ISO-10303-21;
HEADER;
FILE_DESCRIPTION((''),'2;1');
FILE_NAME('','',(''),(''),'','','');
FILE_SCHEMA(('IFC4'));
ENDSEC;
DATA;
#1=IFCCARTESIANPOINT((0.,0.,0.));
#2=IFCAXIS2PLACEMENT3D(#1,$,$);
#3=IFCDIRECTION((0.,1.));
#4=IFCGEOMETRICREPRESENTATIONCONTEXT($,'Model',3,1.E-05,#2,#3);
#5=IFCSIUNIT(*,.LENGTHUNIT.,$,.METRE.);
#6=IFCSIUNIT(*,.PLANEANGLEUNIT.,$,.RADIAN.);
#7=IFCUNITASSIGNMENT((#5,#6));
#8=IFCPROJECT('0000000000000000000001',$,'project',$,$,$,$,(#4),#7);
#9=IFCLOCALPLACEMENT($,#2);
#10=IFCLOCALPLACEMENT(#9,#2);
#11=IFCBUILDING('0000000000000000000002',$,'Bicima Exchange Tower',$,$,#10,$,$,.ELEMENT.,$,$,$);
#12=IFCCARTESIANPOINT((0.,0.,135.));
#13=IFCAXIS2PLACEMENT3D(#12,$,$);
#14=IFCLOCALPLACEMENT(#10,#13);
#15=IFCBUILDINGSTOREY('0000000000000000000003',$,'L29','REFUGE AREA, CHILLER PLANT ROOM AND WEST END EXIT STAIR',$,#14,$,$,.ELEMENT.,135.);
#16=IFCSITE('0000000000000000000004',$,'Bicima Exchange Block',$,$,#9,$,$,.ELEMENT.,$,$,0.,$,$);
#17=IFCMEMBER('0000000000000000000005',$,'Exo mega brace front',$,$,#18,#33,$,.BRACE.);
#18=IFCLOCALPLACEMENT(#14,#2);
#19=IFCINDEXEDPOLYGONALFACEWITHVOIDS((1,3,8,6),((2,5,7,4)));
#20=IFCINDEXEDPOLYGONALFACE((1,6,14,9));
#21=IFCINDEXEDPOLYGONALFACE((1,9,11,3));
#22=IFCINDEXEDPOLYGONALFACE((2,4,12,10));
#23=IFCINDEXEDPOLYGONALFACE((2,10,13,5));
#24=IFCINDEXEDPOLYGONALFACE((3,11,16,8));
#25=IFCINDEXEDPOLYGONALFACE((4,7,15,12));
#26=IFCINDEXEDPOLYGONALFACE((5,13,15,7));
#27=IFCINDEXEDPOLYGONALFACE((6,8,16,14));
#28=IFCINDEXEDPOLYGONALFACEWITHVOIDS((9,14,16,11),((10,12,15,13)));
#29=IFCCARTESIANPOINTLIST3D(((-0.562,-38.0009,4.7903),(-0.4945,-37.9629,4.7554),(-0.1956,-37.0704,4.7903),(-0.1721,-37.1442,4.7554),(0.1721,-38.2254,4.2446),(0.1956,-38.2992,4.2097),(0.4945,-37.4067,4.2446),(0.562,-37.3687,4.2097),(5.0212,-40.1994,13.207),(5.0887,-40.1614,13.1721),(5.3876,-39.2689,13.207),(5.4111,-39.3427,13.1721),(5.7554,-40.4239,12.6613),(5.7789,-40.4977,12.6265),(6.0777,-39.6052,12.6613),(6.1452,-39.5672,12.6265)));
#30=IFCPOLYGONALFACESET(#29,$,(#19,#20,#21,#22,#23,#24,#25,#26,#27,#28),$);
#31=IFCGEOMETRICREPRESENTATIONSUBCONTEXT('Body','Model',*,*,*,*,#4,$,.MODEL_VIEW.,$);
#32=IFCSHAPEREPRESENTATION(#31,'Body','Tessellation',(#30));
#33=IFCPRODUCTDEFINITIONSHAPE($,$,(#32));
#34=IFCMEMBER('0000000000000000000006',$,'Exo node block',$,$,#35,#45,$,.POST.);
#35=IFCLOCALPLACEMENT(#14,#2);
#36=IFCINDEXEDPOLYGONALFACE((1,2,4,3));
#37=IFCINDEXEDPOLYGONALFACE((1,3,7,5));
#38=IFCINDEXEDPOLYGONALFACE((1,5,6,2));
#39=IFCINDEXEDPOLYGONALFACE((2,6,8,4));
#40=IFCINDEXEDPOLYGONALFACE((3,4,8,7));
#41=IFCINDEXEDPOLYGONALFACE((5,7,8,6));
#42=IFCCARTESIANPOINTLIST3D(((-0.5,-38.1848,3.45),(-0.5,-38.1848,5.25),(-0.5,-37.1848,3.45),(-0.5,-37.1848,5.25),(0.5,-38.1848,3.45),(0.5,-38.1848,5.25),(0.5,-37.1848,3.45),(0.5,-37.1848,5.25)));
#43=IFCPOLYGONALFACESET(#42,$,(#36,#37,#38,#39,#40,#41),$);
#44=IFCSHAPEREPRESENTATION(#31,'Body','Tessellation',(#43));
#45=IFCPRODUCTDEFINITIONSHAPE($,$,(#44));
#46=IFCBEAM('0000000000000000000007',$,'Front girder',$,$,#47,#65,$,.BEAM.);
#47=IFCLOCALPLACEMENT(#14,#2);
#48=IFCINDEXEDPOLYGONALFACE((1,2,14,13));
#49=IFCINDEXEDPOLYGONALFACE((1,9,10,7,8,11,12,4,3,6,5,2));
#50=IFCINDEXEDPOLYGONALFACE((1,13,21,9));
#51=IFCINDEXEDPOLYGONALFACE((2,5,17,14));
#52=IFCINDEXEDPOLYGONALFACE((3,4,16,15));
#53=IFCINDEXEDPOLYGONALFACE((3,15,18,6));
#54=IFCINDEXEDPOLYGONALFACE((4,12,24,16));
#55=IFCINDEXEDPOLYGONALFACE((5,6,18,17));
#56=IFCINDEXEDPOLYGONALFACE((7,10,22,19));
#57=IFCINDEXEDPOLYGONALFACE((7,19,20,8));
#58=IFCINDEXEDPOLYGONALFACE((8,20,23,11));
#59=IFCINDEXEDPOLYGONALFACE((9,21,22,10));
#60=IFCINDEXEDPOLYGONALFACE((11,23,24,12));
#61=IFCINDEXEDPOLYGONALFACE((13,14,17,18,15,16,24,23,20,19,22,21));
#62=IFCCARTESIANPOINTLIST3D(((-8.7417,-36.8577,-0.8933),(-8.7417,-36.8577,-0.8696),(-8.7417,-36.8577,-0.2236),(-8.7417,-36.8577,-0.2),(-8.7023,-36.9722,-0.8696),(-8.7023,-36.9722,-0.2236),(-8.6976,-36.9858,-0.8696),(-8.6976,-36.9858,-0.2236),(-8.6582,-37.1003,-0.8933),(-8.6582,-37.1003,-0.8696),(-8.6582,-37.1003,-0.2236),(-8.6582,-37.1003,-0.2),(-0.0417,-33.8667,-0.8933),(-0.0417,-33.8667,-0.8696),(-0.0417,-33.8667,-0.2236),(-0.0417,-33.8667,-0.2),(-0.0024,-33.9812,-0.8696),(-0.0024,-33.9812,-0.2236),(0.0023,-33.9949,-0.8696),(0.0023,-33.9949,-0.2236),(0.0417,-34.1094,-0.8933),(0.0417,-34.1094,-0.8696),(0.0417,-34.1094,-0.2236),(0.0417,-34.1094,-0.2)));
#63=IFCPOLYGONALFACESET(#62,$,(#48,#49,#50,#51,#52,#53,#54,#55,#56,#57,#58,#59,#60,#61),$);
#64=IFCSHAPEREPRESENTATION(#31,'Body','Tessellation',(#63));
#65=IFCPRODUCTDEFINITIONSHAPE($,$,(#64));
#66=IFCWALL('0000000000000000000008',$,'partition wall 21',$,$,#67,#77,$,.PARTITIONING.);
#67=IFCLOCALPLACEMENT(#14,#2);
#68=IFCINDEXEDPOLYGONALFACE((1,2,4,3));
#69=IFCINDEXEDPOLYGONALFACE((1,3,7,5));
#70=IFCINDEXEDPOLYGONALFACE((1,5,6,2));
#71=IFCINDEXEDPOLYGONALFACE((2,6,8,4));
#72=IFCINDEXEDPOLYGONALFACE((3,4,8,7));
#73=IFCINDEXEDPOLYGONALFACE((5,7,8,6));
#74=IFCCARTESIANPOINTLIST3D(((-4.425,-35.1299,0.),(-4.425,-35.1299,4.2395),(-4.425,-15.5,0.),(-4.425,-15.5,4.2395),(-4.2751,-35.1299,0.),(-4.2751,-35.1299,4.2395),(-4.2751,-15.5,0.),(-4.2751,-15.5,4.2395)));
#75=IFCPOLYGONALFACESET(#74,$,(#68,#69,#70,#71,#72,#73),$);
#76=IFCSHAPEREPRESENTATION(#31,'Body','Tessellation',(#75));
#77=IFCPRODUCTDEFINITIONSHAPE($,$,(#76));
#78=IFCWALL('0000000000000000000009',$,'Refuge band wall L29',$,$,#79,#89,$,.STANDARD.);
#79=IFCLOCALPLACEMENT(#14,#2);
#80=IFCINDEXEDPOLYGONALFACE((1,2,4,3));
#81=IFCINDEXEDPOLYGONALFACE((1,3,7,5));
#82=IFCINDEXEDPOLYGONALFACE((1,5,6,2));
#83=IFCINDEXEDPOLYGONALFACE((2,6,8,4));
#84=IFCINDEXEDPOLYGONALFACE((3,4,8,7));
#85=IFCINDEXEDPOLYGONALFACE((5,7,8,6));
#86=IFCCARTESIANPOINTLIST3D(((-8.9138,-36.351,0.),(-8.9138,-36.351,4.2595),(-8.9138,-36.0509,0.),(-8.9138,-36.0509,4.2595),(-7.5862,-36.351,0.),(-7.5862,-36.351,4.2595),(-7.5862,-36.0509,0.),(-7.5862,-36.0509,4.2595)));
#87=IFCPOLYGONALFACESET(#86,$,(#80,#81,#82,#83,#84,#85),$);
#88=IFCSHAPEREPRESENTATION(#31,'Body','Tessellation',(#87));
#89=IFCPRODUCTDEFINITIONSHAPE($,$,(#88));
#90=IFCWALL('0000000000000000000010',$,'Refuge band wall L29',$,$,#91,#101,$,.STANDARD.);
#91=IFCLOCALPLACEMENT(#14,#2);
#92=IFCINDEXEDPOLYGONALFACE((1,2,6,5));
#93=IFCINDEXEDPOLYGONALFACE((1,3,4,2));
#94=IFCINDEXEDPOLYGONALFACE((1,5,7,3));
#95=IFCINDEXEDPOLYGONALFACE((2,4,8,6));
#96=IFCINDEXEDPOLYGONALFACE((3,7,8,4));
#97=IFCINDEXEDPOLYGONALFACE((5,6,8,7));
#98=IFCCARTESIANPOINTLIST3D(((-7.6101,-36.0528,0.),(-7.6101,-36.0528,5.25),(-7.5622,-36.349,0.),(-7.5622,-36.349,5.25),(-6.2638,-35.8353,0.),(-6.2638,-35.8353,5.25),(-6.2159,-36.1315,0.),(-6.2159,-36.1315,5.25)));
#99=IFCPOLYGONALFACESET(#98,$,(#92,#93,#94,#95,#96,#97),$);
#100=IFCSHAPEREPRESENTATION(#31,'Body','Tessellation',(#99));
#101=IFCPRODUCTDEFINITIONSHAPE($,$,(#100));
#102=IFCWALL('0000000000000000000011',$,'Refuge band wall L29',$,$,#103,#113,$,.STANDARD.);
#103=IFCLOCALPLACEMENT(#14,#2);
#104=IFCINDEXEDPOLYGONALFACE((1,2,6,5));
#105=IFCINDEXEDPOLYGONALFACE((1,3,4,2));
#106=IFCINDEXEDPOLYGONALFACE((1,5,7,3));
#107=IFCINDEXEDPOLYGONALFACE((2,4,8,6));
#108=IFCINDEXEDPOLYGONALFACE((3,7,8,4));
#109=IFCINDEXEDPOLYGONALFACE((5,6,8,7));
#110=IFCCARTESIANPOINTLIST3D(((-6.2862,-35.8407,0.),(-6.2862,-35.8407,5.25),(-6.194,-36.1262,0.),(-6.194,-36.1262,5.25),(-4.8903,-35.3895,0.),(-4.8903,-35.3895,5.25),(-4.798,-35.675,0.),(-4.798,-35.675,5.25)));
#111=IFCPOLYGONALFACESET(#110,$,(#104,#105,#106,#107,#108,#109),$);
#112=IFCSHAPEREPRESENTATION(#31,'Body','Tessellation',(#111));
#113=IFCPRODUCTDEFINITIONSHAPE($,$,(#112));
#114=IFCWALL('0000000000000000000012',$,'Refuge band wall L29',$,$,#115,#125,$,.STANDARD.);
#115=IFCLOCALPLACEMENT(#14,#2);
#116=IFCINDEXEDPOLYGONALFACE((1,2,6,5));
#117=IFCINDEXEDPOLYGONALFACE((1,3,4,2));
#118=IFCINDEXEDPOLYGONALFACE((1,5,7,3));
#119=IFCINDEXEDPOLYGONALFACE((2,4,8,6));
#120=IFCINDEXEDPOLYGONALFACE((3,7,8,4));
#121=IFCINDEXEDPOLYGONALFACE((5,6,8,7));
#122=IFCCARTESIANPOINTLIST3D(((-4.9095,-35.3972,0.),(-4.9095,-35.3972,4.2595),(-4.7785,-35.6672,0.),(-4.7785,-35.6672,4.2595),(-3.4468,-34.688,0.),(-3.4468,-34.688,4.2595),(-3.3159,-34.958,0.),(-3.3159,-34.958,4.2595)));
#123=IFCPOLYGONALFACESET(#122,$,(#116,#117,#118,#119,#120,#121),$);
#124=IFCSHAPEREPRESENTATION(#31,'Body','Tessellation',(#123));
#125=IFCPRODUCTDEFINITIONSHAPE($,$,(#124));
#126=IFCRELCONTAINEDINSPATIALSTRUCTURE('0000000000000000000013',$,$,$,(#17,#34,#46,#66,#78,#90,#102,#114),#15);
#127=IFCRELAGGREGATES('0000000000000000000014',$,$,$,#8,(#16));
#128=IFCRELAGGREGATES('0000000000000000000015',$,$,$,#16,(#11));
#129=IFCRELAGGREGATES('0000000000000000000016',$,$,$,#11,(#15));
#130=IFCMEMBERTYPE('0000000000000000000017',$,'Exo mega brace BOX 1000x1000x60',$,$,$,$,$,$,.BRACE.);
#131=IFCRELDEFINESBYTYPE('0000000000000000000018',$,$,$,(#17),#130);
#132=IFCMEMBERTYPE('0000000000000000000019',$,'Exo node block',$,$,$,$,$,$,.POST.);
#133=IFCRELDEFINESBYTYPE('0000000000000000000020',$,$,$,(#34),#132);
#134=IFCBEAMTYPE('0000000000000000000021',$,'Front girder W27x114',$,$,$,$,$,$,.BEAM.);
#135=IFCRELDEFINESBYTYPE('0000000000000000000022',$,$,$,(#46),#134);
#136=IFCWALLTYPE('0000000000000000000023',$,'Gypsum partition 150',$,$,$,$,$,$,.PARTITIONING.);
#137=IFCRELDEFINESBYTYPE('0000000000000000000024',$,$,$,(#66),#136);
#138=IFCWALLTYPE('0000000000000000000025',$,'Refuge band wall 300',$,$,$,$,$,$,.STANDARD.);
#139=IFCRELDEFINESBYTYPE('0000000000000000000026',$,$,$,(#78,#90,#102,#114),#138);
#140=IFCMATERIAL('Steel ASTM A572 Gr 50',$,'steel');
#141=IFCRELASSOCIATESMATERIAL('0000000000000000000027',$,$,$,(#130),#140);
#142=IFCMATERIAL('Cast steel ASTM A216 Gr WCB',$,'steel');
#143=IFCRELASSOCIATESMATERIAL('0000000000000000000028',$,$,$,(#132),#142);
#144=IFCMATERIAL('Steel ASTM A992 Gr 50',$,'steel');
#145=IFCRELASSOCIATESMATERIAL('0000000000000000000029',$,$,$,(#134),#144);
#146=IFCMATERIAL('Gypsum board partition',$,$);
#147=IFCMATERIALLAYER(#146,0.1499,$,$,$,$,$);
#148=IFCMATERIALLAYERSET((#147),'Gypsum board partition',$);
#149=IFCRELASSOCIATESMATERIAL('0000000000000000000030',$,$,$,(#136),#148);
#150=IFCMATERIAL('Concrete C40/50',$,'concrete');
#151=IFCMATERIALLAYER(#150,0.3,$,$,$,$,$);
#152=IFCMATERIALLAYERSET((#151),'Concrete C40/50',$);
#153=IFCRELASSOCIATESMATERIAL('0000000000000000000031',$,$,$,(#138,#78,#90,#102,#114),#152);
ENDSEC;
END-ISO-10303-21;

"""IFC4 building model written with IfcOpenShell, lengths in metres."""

from ifc_helpers import new_model, si_unit, direction, frame, frame_2d, origin, origin_2d, place, context, subcontext, project, spatial, rectangle, hollow_rectangle, i_section, extrude, material, layer, layer_set, layer_usage, material_profile, profile_set, type_object, element, save


model = new_model("IFC4")

# Units and contexts
model_context = context("Model", 3, precision=1e-05, world=origin(), true_north=direction((0.0, 1.0)))
body_context = subcontext(model_context, "Body", "Model", "MODEL_VIEW")
ifc_project = project(units=[si_unit("LENGTHUNIT", "METRE"), si_unit("PLANEANGLEUNIT", "RADIAN")], contexts=[model_context])

# Site, building, storey
site_placement = place(None, origin())
site = spatial("IfcSite", under=ifc_project, at=site_placement, Name="Bicima Exchange Block", CompositionType="ELEMENT", RefElevation=0.0)
building_placement = place(site_placement, origin())
building = spatial("IfcBuilding", under=site, at=building_placement, Name="Bicima Exchange Tower", CompositionType="ELEMENT")
storey_placement = place(building_placement, frame((0.0, 0.0, 135.0)))
storey = spatial("IfcBuildingStorey", under=building, at=storey_placement, Name="L29", Description="REFUGE AREA, CHILLER PLANT ROOM AND WEST END EXIT STAIR", CompositionType="ELEMENT", Elevation=135.0)

# Shared definitions
ifc_material_1 = material(Name="Steel ASTM A992 Gr 50", Category="steel")

# Members
ifc_material_2 = material(Name="Steel ASTM A572 Gr 50", Category="steel")
ifc_material_profile_1 = material_profile(ifc_material_2, hollow_rectangle(XDim=1.0, YDim=1.0, WallThickness=0.0601, at=origin_2d()))
ifc_profile_set_1 = profile_set([ifc_material_profile_1], Name="Steel ASTM A572 Gr 50")
member_type_1 = type_object("IfcMemberType", Name="Exo mega brace BOX 1000x1000x60", PredefinedType="BRACE", material=ifc_profile_set_1)
member_1_placement = place(storey_placement, frame((0.0, -37.6848, 4.5), z_axis=(0.540138, -0.212687, 0.814257), x_axis=(0.366384, 0.930464, 0.0)))
element("IfcMember", 1, at=member_1_placement, inside=storey, type_object=member_type_1, Name="Exo mega brace front", PredefinedType="BRACE", context=body_context, shape_type="SweptSolid", body=[
    extrude(hollow_rectangle(XDim=1.0, YDim=1.0, WallThickness=0.0601, at=origin_2d()), origin(), (0.0, 0.0, 1.0), 10.3367),
])
ifc_material_3 = material(Name="Cast steel ASTM A216 Gr WCB", Category="steel")
ifc_material_profile_2 = material_profile(ifc_material_3, rectangle(XDim=1.0, YDim=1.0, at=origin_2d()))
ifc_profile_set_2 = profile_set([ifc_material_profile_2], Name="Cast steel ASTM A216 Gr WCB")
member_type_2 = type_object("IfcMemberType", Name="Exo node block", PredefinedType="POST", material=ifc_profile_set_2)
member_2_placement = place(storey_placement, frame((0.0, -37.6848, 3.45), z_axis=(0.0, 0.0, 1.0), x_axis=(1.0, 0.0, 0.0)))
element("IfcMember", 2, at=member_2_placement, inside=storey, type_object=member_type_2, Name="Exo node block", PredefinedType="POST", context=body_context, shape_type="SweptSolid", body=[
    extrude(rectangle(XDim=1.0, YDim=1.0, at=origin_2d()), origin(), (0.0, 0.0, 1.0), 1.8),
])

# Beam
ifc_material_profile_3 = material_profile(ifc_material_1, i_section(OverallWidth=0.2566, OverallDepth=0.6934, WebThickness=0.0144, FlangeThickness=0.0237, at=origin_2d()))
ifc_profile_set_3 = profile_set([ifc_material_profile_3], Name="Steel ASTM A992 Gr 50")
beam_type = type_object("IfcBeamType", Name="Front girder W27x114", PredefinedType="BEAM", material=ifc_profile_set_3)
beam_placement = place(storey_placement, frame((-8.7, -36.979, -0.5466), z_axis=(0.945675, 0.325115, 0.0), x_axis=(-0.325115, 0.945675, 0.0)))
element("IfcBeam", 3, at=beam_placement, inside=storey, type_object=beam_type, Name="Front girder", PredefinedType="BEAM", context=body_context, shape_type="SweptSolid", body=[
    extrude(i_section(OverallWidth=0.2566, OverallDepth=0.6934, WebThickness=0.0144, FlangeThickness=0.0237, at=origin_2d()), origin(), (0.0, 0.0, 1.0), 9.1997),
])

# Walls
ifc_material_4 = material(Name="Gypsum board partition")
ifc_layer_1 = layer(ifc_material_4, 0.1499)
ifc_layer_set_1 = layer_set([ifc_layer_1], Name="Gypsum board partition")
wall_type_1 = type_object("IfcWallType", Name="Gypsum partition 150", PredefinedType="PARTITIONING", material=ifc_layer_set_1)
wall_1_placement = place(storey_placement, frame((-4.3501, -35.1299, 0.0), z_axis=(0.0, 0.0, 1.0), x_axis=(0.0, 1.0, 0.0)))
element("IfcWall", 4, at=wall_1_placement, inside=storey, type_object=wall_type_1, Name="partition wall 21", PredefinedType="PARTITIONING", context=body_context, shape_type="SweptSolid", body=[
    extrude(rectangle(XDim=19.6299, YDim=0.1499, at=frame_2d((9.8149, 0.0))), origin(), (0.0, 0.0, 1.0), 4.2395),
])
ifc_material_5 = material(Name="Concrete C40/50", Category="concrete")
ifc_layer_2 = layer(ifc_material_5, 0.3)
ifc_layer_set_2 = layer_set([ifc_layer_2], Name="Concrete C40/50")
ifc_layer_usage = layer_usage(ifc_layer_set_2, "AXIS2", "POSITIVE", -0.15)
wall_type_2 = type_object("IfcWallType", Name="Refuge band wall 300", PredefinedType="STANDARD", material=ifc_layer_set_2)
wall_2_placement = place(storey_placement, frame((-8.9138, -36.2009, 0.0), z_axis=(0.0, 0.0, 1.0), x_axis=(1.0, 0.0, 0.0)))
element("IfcWall", 5, at=wall_2_placement, inside=storey, type_object=wall_type_2, material=ifc_layer_usage, Name="Refuge band wall L29", PredefinedType="STANDARD", context=body_context, shape_type="SweptSolid", body=[
    extrude(rectangle(XDim=1.3276, YDim=0.3, at=frame_2d((0.6638, 0.0))), origin(), (0.0, 0.0, 1.0), 4.2595),
])
wall_3_placement = place(storey_placement, frame((-7.5862, -36.2009, 0.0), z_axis=(0.0, 0.0, 1.0), x_axis=(0.987195, 0.15952, 0.0)))
element("IfcWall", 6, at=wall_3_placement, inside=storey, type_object=wall_type_2, material=ifc_layer_usage, Name="Refuge band wall L29", PredefinedType="STANDARD", context=body_context, shape_type="SweptSolid", body=[
    extrude(rectangle(XDim=1.3638, YDim=0.3, at=frame_2d((0.6819, 0.0))), origin(), (0.0, 0.0, 1.0), 5.25),
])
wall_4_placement = place(storey_placement, frame((-6.24, -35.9834, 0.0), z_axis=(0.0, 0.0, 1.0), x_axis=(0.951539, 0.307528, 0.0)))
element("IfcWall", 7, at=wall_4_placement, inside=storey, type_object=wall_type_2, material=ifc_layer_usage, Name="Refuge band wall L29", PredefinedType="STANDARD", context=body_context, shape_type="SweptSolid", body=[
    extrude(rectangle(XDim=1.467, YDim=0.3, at=frame_2d((0.7334, 0.0))), origin(), (0.0, 0.0, 1.0), 5.25),
])
wall_5_placement = place(storey_placement, frame((-4.844, -35.5322, 0.0), z_axis=(0.0, 0.0, 1.0), x_axis=(0.899798, 0.436307, 0.0)))
element("IfcWall", 8, at=wall_5_placement, inside=storey, type_object=wall_type_2, material=ifc_layer_usage, Name="Refuge band wall L29", PredefinedType="STANDARD", context=body_context, shape_type="SweptSolid", body=[
    extrude(rectangle(XDim=1.6255, YDim=0.3, at=frame_2d((0.8127, 0.0))), origin(), (0.0, 0.0, 1.0), 4.2595),
])

save(model, "model.ifc")
